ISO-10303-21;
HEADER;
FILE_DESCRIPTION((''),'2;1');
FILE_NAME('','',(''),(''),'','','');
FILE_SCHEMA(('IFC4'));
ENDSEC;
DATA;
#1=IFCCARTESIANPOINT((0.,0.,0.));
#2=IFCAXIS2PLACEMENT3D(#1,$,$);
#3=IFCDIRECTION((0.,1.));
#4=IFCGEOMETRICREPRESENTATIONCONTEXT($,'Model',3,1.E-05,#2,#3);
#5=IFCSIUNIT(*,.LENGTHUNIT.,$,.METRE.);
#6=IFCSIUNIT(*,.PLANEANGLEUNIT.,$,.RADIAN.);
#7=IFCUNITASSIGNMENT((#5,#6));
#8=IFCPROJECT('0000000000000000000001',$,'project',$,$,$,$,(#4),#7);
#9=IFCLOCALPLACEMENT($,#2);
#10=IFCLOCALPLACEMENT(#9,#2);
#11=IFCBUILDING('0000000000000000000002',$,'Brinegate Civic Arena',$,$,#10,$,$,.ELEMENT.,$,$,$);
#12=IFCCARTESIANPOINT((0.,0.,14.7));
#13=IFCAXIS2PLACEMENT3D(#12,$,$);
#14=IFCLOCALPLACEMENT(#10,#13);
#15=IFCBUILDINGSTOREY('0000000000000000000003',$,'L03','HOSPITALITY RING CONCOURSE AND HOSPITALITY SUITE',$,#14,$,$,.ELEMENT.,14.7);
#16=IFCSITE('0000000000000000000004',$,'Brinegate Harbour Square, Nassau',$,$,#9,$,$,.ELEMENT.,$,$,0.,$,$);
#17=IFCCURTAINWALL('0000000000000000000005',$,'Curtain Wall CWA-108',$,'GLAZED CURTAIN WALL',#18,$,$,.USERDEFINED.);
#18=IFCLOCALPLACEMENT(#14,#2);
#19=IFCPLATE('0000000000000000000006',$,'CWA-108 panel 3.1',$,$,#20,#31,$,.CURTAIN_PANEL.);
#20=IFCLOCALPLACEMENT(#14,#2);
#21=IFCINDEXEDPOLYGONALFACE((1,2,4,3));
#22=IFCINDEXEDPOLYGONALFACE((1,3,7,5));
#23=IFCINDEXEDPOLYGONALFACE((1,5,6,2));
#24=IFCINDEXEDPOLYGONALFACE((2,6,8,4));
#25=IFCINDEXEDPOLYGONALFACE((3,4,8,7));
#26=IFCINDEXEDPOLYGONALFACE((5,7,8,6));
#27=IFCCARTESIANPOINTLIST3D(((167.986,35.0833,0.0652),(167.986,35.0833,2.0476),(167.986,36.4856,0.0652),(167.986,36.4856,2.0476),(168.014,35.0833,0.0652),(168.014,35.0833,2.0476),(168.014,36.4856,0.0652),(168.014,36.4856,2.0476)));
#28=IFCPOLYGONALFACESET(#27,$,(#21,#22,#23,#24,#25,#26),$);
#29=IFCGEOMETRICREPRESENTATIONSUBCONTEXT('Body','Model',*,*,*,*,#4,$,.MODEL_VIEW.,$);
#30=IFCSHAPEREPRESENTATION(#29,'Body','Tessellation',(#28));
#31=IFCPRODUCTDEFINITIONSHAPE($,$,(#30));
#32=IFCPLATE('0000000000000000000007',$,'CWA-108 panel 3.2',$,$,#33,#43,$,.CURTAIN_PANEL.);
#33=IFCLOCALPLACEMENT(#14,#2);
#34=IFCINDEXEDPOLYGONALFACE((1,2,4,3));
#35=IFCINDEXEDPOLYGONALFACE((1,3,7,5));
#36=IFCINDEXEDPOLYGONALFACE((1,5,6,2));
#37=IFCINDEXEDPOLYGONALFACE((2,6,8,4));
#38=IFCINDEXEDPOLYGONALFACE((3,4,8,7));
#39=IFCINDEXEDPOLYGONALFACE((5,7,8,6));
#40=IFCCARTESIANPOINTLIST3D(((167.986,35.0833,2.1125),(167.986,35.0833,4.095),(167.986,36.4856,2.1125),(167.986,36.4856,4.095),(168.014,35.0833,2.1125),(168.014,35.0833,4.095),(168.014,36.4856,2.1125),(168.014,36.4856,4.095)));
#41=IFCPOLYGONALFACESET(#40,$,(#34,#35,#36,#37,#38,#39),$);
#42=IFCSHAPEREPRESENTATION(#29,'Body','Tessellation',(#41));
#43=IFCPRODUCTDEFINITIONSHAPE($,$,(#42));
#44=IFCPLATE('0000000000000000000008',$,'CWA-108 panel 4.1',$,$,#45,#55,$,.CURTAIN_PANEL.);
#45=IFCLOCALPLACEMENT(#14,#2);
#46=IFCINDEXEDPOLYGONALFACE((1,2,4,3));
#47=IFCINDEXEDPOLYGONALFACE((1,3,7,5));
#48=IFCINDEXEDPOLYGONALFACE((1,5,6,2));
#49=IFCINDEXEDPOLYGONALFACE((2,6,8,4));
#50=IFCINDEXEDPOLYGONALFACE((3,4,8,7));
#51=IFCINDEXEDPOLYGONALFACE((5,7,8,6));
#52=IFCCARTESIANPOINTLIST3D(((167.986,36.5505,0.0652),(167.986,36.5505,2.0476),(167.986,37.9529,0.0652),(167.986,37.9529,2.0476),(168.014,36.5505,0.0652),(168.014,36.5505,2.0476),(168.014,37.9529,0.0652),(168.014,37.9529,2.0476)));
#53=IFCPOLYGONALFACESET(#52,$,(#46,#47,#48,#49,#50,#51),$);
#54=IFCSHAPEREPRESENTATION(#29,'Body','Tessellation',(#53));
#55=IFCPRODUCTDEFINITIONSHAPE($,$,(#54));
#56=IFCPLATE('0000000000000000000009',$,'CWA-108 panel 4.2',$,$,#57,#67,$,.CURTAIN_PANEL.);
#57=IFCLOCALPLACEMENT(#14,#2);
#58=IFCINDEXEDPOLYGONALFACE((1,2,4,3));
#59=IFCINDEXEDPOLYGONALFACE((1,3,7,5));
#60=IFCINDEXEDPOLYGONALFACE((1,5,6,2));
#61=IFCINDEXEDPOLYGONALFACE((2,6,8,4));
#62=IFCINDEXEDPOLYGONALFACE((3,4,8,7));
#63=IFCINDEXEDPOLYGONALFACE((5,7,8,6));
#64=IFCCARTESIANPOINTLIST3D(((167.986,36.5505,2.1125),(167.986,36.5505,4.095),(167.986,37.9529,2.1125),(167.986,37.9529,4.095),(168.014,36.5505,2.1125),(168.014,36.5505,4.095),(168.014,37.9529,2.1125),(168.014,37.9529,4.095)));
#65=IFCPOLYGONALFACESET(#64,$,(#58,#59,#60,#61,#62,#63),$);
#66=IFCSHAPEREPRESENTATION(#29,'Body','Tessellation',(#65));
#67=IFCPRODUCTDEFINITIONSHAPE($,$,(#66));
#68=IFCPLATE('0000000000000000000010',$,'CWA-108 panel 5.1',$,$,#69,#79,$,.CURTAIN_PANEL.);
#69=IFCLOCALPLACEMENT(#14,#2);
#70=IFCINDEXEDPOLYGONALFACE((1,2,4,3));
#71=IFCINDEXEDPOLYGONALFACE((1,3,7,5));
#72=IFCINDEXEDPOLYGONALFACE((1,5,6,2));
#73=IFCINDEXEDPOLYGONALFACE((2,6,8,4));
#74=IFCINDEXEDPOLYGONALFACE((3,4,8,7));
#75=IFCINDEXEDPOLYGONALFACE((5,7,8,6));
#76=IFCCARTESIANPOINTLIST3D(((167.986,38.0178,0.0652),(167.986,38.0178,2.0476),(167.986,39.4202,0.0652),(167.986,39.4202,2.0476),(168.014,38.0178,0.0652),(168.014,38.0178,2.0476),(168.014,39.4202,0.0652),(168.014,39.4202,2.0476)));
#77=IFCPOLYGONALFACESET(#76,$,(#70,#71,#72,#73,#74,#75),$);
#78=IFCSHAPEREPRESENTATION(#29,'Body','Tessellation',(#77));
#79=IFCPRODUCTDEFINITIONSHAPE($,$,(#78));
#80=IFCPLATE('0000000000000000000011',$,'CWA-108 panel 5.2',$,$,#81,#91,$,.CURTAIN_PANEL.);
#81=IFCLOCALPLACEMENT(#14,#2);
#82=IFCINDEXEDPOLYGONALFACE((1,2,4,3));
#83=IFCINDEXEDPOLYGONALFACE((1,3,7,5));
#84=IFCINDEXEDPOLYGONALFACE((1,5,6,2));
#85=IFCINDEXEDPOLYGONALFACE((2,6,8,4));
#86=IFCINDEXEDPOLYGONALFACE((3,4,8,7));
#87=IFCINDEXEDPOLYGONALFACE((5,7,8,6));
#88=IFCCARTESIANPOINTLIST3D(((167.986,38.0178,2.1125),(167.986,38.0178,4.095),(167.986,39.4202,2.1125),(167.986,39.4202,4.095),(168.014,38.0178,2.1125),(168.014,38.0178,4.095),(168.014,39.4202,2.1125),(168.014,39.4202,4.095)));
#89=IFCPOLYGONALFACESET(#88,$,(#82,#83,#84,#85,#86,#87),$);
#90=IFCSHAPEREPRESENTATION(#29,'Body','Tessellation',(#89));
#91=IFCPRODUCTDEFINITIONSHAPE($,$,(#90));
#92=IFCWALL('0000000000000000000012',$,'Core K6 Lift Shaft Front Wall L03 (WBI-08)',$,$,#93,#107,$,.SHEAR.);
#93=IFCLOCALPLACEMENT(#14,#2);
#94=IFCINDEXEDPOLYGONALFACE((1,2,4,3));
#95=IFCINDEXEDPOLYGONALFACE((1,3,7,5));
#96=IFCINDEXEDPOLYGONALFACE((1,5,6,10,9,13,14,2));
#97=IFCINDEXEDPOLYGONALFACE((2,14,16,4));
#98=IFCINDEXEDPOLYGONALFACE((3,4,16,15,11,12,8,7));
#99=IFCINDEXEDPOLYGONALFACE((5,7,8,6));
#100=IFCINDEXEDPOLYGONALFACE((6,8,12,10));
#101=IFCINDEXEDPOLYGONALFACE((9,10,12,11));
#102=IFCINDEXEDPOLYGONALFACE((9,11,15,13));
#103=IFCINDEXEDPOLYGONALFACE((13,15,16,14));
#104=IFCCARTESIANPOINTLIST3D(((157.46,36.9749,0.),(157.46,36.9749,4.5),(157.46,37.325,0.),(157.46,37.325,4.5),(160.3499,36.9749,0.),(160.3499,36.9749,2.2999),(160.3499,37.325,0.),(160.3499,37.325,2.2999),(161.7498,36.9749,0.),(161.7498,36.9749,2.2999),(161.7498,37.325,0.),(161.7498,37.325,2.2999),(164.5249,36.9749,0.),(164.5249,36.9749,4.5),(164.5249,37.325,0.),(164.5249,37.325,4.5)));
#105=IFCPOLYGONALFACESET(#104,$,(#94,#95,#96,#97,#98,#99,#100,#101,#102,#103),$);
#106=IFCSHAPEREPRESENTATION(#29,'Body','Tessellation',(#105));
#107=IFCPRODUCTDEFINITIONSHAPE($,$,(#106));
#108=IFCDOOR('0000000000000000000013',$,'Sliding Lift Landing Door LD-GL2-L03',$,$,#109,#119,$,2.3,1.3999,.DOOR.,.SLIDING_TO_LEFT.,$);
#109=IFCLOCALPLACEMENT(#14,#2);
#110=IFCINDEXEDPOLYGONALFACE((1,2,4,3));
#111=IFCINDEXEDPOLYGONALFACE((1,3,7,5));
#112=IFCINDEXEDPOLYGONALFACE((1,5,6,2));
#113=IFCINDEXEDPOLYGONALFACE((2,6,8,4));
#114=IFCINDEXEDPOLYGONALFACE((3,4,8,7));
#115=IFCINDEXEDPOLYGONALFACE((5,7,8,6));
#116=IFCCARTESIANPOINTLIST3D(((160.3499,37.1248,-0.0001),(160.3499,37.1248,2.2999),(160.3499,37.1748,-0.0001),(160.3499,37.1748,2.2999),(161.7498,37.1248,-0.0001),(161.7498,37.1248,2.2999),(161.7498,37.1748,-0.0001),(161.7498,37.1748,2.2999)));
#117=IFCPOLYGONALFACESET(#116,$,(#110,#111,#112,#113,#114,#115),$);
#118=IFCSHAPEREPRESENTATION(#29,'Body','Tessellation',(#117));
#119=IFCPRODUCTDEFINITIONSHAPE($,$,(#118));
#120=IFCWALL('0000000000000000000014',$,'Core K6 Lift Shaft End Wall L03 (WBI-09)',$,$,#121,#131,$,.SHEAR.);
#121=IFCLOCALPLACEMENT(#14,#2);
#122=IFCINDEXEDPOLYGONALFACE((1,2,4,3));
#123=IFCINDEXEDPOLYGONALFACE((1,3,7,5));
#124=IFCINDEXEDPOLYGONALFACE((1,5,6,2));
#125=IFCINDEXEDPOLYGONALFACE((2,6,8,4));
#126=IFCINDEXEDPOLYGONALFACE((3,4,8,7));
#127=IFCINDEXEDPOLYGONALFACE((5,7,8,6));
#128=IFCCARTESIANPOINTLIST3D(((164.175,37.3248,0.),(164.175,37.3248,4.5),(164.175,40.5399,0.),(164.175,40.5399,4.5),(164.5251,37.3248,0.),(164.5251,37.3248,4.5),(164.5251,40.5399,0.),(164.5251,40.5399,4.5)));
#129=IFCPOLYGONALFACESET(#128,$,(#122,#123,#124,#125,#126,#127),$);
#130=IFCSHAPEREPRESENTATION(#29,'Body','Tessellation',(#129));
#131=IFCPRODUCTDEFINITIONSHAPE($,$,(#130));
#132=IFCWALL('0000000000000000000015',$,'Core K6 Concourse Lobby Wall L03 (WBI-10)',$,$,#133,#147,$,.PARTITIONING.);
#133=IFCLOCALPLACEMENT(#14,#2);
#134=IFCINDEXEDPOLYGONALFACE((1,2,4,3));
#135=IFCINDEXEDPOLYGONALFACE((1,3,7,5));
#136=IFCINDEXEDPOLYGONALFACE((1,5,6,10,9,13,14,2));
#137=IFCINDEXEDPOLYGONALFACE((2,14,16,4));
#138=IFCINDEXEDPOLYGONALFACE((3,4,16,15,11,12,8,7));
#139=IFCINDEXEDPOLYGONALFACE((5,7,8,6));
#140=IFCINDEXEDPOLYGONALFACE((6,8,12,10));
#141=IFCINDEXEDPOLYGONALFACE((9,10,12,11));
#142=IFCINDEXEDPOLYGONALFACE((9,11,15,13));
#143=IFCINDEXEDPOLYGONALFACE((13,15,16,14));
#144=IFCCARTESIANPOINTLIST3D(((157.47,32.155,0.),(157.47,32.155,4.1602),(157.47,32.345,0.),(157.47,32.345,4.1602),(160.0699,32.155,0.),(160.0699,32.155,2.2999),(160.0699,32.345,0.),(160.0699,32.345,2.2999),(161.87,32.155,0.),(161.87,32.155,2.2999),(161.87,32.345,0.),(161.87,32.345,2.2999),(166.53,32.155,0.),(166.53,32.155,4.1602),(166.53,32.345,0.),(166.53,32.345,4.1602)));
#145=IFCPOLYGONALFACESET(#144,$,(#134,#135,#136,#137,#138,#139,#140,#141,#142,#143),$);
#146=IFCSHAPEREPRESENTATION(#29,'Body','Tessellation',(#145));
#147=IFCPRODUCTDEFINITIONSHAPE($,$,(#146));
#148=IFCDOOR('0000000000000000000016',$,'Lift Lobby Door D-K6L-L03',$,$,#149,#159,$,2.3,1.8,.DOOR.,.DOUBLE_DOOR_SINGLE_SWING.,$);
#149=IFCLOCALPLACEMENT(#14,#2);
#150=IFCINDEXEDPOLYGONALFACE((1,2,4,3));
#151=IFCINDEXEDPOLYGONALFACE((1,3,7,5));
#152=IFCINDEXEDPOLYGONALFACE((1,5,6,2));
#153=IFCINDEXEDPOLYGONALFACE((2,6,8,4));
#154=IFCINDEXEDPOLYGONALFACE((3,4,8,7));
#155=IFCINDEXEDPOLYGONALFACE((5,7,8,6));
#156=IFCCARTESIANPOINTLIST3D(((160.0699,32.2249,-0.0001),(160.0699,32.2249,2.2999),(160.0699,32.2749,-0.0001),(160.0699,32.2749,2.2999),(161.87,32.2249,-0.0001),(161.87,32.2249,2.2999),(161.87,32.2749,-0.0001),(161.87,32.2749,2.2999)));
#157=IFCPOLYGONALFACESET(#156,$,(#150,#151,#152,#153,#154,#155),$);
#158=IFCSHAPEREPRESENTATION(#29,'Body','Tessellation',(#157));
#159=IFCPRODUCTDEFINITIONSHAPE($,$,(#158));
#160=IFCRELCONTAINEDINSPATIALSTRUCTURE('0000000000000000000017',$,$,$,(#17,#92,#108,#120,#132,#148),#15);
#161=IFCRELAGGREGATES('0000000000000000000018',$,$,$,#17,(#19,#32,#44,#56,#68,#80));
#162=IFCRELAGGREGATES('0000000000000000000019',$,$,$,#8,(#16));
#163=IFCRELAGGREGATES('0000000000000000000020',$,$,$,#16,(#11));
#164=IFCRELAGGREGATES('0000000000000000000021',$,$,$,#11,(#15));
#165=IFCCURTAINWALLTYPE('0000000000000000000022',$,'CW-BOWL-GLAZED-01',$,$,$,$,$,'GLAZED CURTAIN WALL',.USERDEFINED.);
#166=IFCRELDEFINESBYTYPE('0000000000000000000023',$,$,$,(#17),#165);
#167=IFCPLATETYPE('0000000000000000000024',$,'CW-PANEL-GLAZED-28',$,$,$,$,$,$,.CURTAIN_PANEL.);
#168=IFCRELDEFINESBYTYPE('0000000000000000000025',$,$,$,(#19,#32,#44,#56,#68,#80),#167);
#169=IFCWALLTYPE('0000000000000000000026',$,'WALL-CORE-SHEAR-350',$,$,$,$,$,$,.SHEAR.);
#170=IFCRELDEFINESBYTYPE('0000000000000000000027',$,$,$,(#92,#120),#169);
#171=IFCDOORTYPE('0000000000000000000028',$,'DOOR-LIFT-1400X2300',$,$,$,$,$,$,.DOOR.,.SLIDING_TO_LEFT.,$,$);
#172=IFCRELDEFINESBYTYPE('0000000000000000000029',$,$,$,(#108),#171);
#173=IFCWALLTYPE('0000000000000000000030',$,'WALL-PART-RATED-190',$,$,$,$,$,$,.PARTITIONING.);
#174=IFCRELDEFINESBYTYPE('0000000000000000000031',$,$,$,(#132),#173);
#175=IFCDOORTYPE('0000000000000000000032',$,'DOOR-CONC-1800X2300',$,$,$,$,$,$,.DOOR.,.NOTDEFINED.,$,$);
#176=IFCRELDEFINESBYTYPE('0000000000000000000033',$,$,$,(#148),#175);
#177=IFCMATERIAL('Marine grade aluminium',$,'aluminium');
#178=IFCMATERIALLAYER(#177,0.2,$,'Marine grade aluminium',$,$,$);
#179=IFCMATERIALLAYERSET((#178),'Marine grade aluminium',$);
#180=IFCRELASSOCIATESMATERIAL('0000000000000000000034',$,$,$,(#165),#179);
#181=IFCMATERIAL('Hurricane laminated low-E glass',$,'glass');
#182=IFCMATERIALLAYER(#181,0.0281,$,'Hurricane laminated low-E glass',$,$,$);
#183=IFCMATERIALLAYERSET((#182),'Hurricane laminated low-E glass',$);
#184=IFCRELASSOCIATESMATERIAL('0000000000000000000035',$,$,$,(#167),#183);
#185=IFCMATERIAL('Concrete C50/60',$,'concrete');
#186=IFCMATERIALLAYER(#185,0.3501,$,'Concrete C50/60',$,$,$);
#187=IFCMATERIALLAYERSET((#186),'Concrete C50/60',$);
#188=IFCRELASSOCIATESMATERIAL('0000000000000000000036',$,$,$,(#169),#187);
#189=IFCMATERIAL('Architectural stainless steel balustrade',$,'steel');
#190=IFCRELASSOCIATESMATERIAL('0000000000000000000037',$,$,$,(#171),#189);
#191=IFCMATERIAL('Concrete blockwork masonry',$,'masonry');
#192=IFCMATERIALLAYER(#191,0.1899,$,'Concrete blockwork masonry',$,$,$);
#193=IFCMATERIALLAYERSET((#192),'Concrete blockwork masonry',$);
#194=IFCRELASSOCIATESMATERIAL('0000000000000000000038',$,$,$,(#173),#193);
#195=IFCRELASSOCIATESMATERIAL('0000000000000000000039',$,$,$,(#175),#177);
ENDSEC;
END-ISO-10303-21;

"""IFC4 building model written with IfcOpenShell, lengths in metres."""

from ifc_helpers import new_model, si_unit, direction, frame, frame_2d, origin, origin_2d, place, context, subcontext, project, spatial, rectangle, extrude, material, layer, layer_set, type_object, element, fill, aggregate, save


model = new_model("IFC4")

# Units and contexts
model_context = context("Model", 3, precision=1e-05, world=origin(), true_north=direction((0.0, 1.0)))
body_context = subcontext(model_context, "Body", "Model", "MODEL_VIEW")
ifc_project = project(units=[si_unit("LENGTHUNIT", "METRE"), si_unit("PLANEANGLEUNIT", "RADIAN")], contexts=[model_context])

# Site, building, storey
site_placement = place(None, origin())
site = spatial("IfcSite", under=ifc_project, at=site_placement, Name="Brinegate Harbour Square, Nassau", CompositionType="ELEMENT", RefElevation=0.0)
building_placement = place(site_placement, origin())
building = spatial("IfcBuilding", under=site, at=building_placement, Name="Brinegate Civic Arena", CompositionType="ELEMENT")
storey_placement = place(building_placement, frame((0.0, 0.0, 14.7)))
storey = spatial("IfcBuildingStorey", under=building, at=storey_placement, Name="L03", Description="HOSPITALITY RING CONCOURSE AND HOSPITALITY SUITE", CompositionType="ELEMENT", Elevation=14.7)

# Curtain wall, plates
ifc_material_1 = material(Name="Marine grade aluminium", Category="aluminium")
ifc_layer_1 = layer(ifc_material_1, 0.2, Name="Marine grade aluminium")
ifc_layer_set_1 = layer_set([ifc_layer_1], Name="Marine grade aluminium")
curtain_wall_type = type_object("IfcCurtainWallType", Name="CW-BOWL-GLAZED-01", ElementType="GLAZED CURTAIN WALL", PredefinedType="USERDEFINED", material=ifc_layer_set_1)
curtain_wall_placement = place(storey_placement, origin())
curtain_wall = element("IfcCurtainWall", 1, at=curtain_wall_placement, inside=storey, type_object=curtain_wall_type, Name="Curtain Wall CWA-108", ObjectType="GLAZED CURTAIN WALL", PredefinedType="USERDEFINED")
ifc_material_2 = material(Name="Hurricane laminated low-E glass", Category="glass")
ifc_layer_2 = layer(ifc_material_2, 0.0281, Name="Hurricane laminated low-E glass")
ifc_layer_set_2 = layer_set([ifc_layer_2], Name="Hurricane laminated low-E glass")
plate_type = type_object("IfcPlateType", Name="CW-PANEL-GLAZED-28", PredefinedType="CURTAIN_PANEL", material=ifc_layer_set_2)
plate_1_placement = place(storey_placement, frame((168.0, 35.7844, 0.0652), z_axis=(0.0, 0.0, 1.0), x_axis=(0.0, 1.0, 0.0)))
plate_1 = element("IfcPlate", 2, at=plate_1_placement, type_object=plate_type, Name="CWA-108 panel 3.1", PredefinedType="CURTAIN_PANEL", context=body_context, shape_type="SweptSolid", body=[
    extrude(rectangle(XDim=1.4023, YDim=0.0281, at=origin_2d()), origin(), (0.0, 0.0, 1.0), 1.9824),
])
plate_2_placement = place(storey_placement, frame((168.0, 35.7844, 2.1125), z_axis=(0.0, 0.0, 1.0), x_axis=(0.0, 1.0, 0.0)))
plate_2 = element("IfcPlate", 3, at=plate_2_placement, type_object=plate_type, Name="CWA-108 panel 3.2", PredefinedType="CURTAIN_PANEL", context=body_context, shape_type="SweptSolid", body=[
    extrude(rectangle(XDim=1.4023, YDim=0.0281, at=origin_2d()), origin(), (0.0, 0.0, 1.0), 1.9824),
])
plate_3_placement = place(storey_placement, frame((168.0, 37.2517, 0.0652), z_axis=(0.0, 0.0, 1.0), x_axis=(0.0, 1.0, 0.0)))
plate_3 = element("IfcPlate", 4, at=plate_3_placement, type_object=plate_type, Name="CWA-108 panel 4.1", PredefinedType="CURTAIN_PANEL", context=body_context, shape_type="SweptSolid", body=[
    extrude(rectangle(XDim=1.4023, YDim=0.0281, at=origin_2d()), origin(), (0.0, 0.0, 1.0), 1.9824),
])
plate_4_placement = place(storey_placement, frame((168.0, 37.2517, 2.1125), z_axis=(0.0, 0.0, 1.0), x_axis=(0.0, 1.0, 0.0)))
plate_4 = element("IfcPlate", 5, at=plate_4_placement, type_object=plate_type, Name="CWA-108 panel 4.2", PredefinedType="CURTAIN_PANEL", context=body_context, shape_type="SweptSolid", body=[
    extrude(rectangle(XDim=1.4023, YDim=0.0281, at=origin_2d()), origin(), (0.0, 0.0, 1.0), 1.9824),
])
plate_5_placement = place(storey_placement, frame((168.0, 38.719, 0.0652), z_axis=(0.0, 0.0, 1.0), x_axis=(0.0, 1.0, 0.0)))
plate_5 = element("IfcPlate", 6, at=plate_5_placement, type_object=plate_type, Name="CWA-108 panel 5.1", PredefinedType="CURTAIN_PANEL", context=body_context, shape_type="SweptSolid", body=[
    extrude(rectangle(XDim=1.4023, YDim=0.0281, at=origin_2d()), origin(), (0.0, 0.0, 1.0), 1.9824),
])
plate_6_placement = place(storey_placement, frame((168.0, 38.719, 2.1125), z_axis=(0.0, 0.0, 1.0), x_axis=(0.0, 1.0, 0.0)))
plate_6 = element("IfcPlate", 7, at=plate_6_placement, type_object=plate_type, Name="CWA-108 panel 5.2", PredefinedType="CURTAIN_PANEL", context=body_context, shape_type="SweptSolid", body=[
    extrude(rectangle(XDim=1.4023, YDim=0.0281, at=origin_2d()), origin(), (0.0, 0.0, 1.0), 1.9824),
])
aggregate(curtain_wall, [plate_1, plate_2, plate_3, plate_4, plate_5, plate_6])

# Wall, opening, door
ifc_material_3 = material(Name="Concrete C50/60", Category="concrete")
ifc_layer_3 = layer(ifc_material_3, 0.3501, Name="Concrete C50/60")
ifc_layer_set_3 = layer_set([ifc_layer_3], Name="Concrete C50/60")
wall_type_1 = type_object("IfcWallType", Name="WALL-CORE-SHEAR-350", PredefinedType="SHEAR", material=ifc_layer_set_3)
wall_1_placement = place(storey_placement, frame((157.46, 37.1499, 0.0), z_axis=(0.0, 0.0, 1.0), x_axis=(1.0, 0.0, 0.0)))
wall_1 = element("IfcWall", 8, at=wall_1_placement, inside=storey, type_object=wall_type_1, Name="Core K6 Lift Shaft Front Wall L03 (WBI-08)", PredefinedType="SHEAR", context=body_context, shape_type="SweptSolid", body=[
    extrude(rectangle(XDim=7.0649, YDim=0.3501, at=frame_2d((3.5325, 0.0))), origin(), (0.0, 0.0, 1.0), 4.5),
])
opening_1_placement = place(wall_1_placement, frame((2.8899, 0.0, 0.0)))
opening_1 = element("IfcOpeningElement", 9, at=opening_1_placement, cuts=wall_1, PredefinedType="OPENING", context=body_context, shape_type="SweptSolid", body=[
    extrude(rectangle(XDim=1.3999, YDim=2.3, at=frame_2d((0.7, 1.1499))), frame((0.0, 0.1851, 0.0), z_axis=(0.0, -1.0, 0.0), x_axis=(1.0, 0.0, 0.0)), (0.0, 0.0, 1.0), 0.3701),
])
ifc_material_4 = material(Name="Architectural stainless steel balustrade", Category="steel")
door_type_1 = type_object("IfcDoorType", Name="DOOR-LIFT-1400X2300", OperationType="SLIDING_TO_LEFT", PredefinedType="DOOR", material=ifc_material_4)
door_1_placement = place(opening_1_placement, origin())
door_1 = element("IfcDoor", 10, at=door_1_placement, inside=storey, type_object=door_type_1, Name="Sliding Lift Landing Door LD-GL2-L03", OperationType="SLIDING_TO_LEFT", OverallHeight=2.3, OverallWidth=1.3999, PredefinedType="DOOR", context=body_context, shape_type="SweptSolid", body=[
    extrude(rectangle(XDim=1.3999, YDim=2.3, at=frame_2d((0.7, 1.1499))), frame((0.0, 0.0249, 0.0), z_axis=(0.0, -1.0, 0.0), x_axis=(1.0, 0.0, 0.0)), (0.0, 0.0, 1.0), 0.05),
])
fill(opening_1, door_1)

# Wall
wall_2_placement = place(storey_placement, frame((164.3501, 37.325, 0.0), z_axis=(0.0, 0.0, 1.0), x_axis=(0.0, 1.0, 0.0)))
element("IfcWall", 11, at=wall_2_placement, inside=storey, type_object=wall_type_1, Name="Core K6 Lift Shaft End Wall L03 (WBI-09)", PredefinedType="SHEAR", context=body_context, shape_type="SweptSolid", body=[
    extrude(rectangle(XDim=3.2151, YDim=0.3501, at=frame_2d((1.6074, 0.0))), origin(), (0.0, 0.0, 1.0), 4.5),
])

# Wall, opening, door
ifc_material_5 = material(Name="Concrete blockwork masonry", Category="masonry")
ifc_layer_4 = layer(ifc_material_5, 0.1899, Name="Concrete blockwork masonry")
ifc_layer_set_4 = layer_set([ifc_layer_4], Name="Concrete blockwork masonry")
wall_type_2 = type_object("IfcWallType", Name="WALL-PART-RATED-190", PredefinedType="PARTITIONING", material=ifc_layer_set_4)
wall_3_placement = place(storey_placement, frame((157.47, 32.25, 0.0), z_axis=(0.0, 0.0, 1.0), x_axis=(1.0, 0.0, 0.0)))
wall_3 = element("IfcWall", 12, at=wall_3_placement, inside=storey, type_object=wall_type_2, Name="Core K6 Concourse Lobby Wall L03 (WBI-10)", PredefinedType="PARTITIONING", context=body_context, shape_type="SweptSolid", body=[
    extrude(rectangle(XDim=9.0601, YDim=0.1899, at=frame_2d((4.53, 0.0))), origin(), (0.0, 0.0, 1.0), 4.1602),
])
opening_2_placement = place(wall_3_placement, frame((2.6001, 0.0, 0.0)))
opening_2 = element("IfcOpeningElement", 13, at=opening_2_placement, cuts=wall_3, PredefinedType="OPENING", context=body_context, shape_type="SweptSolid", body=[
    extrude(rectangle(XDim=1.8, YDim=2.3, at=frame_2d((0.8999, 1.1499))), frame((0.0, 0.105, 0.0), z_axis=(0.0, -1.0, 0.0), x_axis=(1.0, 0.0, 0.0)), (0.0, 0.0, 1.0), 0.21),
])
door_type_2 = type_object("IfcDoorType", Name="DOOR-CONC-1800X2300", OperationType="NOTDEFINED", PredefinedType="DOOR", material=ifc_material_1)
door_2_placement = place(opening_2_placement, origin())
door_2 = element("IfcDoor", 14, at=door_2_placement, inside=storey, type_object=door_type_2, Name="Lift Lobby Door D-K6L-L03", OperationType="DOUBLE_DOOR_SINGLE_SWING", OverallHeight=2.3, OverallWidth=1.8, PredefinedType="DOOR", context=body_context, shape_type="SweptSolid", body=[
    extrude(rectangle(XDim=1.8, YDim=2.3, at=frame_2d((0.8999, 1.1499))), frame((0.0, 0.0249, 0.0), z_axis=(0.0, -1.0, 0.0), x_axis=(1.0, 0.0, 0.0)), (0.0, 0.0, 1.0), 0.05),
])
fill(opening_2, door_2)

save(model, "model.ifc")
